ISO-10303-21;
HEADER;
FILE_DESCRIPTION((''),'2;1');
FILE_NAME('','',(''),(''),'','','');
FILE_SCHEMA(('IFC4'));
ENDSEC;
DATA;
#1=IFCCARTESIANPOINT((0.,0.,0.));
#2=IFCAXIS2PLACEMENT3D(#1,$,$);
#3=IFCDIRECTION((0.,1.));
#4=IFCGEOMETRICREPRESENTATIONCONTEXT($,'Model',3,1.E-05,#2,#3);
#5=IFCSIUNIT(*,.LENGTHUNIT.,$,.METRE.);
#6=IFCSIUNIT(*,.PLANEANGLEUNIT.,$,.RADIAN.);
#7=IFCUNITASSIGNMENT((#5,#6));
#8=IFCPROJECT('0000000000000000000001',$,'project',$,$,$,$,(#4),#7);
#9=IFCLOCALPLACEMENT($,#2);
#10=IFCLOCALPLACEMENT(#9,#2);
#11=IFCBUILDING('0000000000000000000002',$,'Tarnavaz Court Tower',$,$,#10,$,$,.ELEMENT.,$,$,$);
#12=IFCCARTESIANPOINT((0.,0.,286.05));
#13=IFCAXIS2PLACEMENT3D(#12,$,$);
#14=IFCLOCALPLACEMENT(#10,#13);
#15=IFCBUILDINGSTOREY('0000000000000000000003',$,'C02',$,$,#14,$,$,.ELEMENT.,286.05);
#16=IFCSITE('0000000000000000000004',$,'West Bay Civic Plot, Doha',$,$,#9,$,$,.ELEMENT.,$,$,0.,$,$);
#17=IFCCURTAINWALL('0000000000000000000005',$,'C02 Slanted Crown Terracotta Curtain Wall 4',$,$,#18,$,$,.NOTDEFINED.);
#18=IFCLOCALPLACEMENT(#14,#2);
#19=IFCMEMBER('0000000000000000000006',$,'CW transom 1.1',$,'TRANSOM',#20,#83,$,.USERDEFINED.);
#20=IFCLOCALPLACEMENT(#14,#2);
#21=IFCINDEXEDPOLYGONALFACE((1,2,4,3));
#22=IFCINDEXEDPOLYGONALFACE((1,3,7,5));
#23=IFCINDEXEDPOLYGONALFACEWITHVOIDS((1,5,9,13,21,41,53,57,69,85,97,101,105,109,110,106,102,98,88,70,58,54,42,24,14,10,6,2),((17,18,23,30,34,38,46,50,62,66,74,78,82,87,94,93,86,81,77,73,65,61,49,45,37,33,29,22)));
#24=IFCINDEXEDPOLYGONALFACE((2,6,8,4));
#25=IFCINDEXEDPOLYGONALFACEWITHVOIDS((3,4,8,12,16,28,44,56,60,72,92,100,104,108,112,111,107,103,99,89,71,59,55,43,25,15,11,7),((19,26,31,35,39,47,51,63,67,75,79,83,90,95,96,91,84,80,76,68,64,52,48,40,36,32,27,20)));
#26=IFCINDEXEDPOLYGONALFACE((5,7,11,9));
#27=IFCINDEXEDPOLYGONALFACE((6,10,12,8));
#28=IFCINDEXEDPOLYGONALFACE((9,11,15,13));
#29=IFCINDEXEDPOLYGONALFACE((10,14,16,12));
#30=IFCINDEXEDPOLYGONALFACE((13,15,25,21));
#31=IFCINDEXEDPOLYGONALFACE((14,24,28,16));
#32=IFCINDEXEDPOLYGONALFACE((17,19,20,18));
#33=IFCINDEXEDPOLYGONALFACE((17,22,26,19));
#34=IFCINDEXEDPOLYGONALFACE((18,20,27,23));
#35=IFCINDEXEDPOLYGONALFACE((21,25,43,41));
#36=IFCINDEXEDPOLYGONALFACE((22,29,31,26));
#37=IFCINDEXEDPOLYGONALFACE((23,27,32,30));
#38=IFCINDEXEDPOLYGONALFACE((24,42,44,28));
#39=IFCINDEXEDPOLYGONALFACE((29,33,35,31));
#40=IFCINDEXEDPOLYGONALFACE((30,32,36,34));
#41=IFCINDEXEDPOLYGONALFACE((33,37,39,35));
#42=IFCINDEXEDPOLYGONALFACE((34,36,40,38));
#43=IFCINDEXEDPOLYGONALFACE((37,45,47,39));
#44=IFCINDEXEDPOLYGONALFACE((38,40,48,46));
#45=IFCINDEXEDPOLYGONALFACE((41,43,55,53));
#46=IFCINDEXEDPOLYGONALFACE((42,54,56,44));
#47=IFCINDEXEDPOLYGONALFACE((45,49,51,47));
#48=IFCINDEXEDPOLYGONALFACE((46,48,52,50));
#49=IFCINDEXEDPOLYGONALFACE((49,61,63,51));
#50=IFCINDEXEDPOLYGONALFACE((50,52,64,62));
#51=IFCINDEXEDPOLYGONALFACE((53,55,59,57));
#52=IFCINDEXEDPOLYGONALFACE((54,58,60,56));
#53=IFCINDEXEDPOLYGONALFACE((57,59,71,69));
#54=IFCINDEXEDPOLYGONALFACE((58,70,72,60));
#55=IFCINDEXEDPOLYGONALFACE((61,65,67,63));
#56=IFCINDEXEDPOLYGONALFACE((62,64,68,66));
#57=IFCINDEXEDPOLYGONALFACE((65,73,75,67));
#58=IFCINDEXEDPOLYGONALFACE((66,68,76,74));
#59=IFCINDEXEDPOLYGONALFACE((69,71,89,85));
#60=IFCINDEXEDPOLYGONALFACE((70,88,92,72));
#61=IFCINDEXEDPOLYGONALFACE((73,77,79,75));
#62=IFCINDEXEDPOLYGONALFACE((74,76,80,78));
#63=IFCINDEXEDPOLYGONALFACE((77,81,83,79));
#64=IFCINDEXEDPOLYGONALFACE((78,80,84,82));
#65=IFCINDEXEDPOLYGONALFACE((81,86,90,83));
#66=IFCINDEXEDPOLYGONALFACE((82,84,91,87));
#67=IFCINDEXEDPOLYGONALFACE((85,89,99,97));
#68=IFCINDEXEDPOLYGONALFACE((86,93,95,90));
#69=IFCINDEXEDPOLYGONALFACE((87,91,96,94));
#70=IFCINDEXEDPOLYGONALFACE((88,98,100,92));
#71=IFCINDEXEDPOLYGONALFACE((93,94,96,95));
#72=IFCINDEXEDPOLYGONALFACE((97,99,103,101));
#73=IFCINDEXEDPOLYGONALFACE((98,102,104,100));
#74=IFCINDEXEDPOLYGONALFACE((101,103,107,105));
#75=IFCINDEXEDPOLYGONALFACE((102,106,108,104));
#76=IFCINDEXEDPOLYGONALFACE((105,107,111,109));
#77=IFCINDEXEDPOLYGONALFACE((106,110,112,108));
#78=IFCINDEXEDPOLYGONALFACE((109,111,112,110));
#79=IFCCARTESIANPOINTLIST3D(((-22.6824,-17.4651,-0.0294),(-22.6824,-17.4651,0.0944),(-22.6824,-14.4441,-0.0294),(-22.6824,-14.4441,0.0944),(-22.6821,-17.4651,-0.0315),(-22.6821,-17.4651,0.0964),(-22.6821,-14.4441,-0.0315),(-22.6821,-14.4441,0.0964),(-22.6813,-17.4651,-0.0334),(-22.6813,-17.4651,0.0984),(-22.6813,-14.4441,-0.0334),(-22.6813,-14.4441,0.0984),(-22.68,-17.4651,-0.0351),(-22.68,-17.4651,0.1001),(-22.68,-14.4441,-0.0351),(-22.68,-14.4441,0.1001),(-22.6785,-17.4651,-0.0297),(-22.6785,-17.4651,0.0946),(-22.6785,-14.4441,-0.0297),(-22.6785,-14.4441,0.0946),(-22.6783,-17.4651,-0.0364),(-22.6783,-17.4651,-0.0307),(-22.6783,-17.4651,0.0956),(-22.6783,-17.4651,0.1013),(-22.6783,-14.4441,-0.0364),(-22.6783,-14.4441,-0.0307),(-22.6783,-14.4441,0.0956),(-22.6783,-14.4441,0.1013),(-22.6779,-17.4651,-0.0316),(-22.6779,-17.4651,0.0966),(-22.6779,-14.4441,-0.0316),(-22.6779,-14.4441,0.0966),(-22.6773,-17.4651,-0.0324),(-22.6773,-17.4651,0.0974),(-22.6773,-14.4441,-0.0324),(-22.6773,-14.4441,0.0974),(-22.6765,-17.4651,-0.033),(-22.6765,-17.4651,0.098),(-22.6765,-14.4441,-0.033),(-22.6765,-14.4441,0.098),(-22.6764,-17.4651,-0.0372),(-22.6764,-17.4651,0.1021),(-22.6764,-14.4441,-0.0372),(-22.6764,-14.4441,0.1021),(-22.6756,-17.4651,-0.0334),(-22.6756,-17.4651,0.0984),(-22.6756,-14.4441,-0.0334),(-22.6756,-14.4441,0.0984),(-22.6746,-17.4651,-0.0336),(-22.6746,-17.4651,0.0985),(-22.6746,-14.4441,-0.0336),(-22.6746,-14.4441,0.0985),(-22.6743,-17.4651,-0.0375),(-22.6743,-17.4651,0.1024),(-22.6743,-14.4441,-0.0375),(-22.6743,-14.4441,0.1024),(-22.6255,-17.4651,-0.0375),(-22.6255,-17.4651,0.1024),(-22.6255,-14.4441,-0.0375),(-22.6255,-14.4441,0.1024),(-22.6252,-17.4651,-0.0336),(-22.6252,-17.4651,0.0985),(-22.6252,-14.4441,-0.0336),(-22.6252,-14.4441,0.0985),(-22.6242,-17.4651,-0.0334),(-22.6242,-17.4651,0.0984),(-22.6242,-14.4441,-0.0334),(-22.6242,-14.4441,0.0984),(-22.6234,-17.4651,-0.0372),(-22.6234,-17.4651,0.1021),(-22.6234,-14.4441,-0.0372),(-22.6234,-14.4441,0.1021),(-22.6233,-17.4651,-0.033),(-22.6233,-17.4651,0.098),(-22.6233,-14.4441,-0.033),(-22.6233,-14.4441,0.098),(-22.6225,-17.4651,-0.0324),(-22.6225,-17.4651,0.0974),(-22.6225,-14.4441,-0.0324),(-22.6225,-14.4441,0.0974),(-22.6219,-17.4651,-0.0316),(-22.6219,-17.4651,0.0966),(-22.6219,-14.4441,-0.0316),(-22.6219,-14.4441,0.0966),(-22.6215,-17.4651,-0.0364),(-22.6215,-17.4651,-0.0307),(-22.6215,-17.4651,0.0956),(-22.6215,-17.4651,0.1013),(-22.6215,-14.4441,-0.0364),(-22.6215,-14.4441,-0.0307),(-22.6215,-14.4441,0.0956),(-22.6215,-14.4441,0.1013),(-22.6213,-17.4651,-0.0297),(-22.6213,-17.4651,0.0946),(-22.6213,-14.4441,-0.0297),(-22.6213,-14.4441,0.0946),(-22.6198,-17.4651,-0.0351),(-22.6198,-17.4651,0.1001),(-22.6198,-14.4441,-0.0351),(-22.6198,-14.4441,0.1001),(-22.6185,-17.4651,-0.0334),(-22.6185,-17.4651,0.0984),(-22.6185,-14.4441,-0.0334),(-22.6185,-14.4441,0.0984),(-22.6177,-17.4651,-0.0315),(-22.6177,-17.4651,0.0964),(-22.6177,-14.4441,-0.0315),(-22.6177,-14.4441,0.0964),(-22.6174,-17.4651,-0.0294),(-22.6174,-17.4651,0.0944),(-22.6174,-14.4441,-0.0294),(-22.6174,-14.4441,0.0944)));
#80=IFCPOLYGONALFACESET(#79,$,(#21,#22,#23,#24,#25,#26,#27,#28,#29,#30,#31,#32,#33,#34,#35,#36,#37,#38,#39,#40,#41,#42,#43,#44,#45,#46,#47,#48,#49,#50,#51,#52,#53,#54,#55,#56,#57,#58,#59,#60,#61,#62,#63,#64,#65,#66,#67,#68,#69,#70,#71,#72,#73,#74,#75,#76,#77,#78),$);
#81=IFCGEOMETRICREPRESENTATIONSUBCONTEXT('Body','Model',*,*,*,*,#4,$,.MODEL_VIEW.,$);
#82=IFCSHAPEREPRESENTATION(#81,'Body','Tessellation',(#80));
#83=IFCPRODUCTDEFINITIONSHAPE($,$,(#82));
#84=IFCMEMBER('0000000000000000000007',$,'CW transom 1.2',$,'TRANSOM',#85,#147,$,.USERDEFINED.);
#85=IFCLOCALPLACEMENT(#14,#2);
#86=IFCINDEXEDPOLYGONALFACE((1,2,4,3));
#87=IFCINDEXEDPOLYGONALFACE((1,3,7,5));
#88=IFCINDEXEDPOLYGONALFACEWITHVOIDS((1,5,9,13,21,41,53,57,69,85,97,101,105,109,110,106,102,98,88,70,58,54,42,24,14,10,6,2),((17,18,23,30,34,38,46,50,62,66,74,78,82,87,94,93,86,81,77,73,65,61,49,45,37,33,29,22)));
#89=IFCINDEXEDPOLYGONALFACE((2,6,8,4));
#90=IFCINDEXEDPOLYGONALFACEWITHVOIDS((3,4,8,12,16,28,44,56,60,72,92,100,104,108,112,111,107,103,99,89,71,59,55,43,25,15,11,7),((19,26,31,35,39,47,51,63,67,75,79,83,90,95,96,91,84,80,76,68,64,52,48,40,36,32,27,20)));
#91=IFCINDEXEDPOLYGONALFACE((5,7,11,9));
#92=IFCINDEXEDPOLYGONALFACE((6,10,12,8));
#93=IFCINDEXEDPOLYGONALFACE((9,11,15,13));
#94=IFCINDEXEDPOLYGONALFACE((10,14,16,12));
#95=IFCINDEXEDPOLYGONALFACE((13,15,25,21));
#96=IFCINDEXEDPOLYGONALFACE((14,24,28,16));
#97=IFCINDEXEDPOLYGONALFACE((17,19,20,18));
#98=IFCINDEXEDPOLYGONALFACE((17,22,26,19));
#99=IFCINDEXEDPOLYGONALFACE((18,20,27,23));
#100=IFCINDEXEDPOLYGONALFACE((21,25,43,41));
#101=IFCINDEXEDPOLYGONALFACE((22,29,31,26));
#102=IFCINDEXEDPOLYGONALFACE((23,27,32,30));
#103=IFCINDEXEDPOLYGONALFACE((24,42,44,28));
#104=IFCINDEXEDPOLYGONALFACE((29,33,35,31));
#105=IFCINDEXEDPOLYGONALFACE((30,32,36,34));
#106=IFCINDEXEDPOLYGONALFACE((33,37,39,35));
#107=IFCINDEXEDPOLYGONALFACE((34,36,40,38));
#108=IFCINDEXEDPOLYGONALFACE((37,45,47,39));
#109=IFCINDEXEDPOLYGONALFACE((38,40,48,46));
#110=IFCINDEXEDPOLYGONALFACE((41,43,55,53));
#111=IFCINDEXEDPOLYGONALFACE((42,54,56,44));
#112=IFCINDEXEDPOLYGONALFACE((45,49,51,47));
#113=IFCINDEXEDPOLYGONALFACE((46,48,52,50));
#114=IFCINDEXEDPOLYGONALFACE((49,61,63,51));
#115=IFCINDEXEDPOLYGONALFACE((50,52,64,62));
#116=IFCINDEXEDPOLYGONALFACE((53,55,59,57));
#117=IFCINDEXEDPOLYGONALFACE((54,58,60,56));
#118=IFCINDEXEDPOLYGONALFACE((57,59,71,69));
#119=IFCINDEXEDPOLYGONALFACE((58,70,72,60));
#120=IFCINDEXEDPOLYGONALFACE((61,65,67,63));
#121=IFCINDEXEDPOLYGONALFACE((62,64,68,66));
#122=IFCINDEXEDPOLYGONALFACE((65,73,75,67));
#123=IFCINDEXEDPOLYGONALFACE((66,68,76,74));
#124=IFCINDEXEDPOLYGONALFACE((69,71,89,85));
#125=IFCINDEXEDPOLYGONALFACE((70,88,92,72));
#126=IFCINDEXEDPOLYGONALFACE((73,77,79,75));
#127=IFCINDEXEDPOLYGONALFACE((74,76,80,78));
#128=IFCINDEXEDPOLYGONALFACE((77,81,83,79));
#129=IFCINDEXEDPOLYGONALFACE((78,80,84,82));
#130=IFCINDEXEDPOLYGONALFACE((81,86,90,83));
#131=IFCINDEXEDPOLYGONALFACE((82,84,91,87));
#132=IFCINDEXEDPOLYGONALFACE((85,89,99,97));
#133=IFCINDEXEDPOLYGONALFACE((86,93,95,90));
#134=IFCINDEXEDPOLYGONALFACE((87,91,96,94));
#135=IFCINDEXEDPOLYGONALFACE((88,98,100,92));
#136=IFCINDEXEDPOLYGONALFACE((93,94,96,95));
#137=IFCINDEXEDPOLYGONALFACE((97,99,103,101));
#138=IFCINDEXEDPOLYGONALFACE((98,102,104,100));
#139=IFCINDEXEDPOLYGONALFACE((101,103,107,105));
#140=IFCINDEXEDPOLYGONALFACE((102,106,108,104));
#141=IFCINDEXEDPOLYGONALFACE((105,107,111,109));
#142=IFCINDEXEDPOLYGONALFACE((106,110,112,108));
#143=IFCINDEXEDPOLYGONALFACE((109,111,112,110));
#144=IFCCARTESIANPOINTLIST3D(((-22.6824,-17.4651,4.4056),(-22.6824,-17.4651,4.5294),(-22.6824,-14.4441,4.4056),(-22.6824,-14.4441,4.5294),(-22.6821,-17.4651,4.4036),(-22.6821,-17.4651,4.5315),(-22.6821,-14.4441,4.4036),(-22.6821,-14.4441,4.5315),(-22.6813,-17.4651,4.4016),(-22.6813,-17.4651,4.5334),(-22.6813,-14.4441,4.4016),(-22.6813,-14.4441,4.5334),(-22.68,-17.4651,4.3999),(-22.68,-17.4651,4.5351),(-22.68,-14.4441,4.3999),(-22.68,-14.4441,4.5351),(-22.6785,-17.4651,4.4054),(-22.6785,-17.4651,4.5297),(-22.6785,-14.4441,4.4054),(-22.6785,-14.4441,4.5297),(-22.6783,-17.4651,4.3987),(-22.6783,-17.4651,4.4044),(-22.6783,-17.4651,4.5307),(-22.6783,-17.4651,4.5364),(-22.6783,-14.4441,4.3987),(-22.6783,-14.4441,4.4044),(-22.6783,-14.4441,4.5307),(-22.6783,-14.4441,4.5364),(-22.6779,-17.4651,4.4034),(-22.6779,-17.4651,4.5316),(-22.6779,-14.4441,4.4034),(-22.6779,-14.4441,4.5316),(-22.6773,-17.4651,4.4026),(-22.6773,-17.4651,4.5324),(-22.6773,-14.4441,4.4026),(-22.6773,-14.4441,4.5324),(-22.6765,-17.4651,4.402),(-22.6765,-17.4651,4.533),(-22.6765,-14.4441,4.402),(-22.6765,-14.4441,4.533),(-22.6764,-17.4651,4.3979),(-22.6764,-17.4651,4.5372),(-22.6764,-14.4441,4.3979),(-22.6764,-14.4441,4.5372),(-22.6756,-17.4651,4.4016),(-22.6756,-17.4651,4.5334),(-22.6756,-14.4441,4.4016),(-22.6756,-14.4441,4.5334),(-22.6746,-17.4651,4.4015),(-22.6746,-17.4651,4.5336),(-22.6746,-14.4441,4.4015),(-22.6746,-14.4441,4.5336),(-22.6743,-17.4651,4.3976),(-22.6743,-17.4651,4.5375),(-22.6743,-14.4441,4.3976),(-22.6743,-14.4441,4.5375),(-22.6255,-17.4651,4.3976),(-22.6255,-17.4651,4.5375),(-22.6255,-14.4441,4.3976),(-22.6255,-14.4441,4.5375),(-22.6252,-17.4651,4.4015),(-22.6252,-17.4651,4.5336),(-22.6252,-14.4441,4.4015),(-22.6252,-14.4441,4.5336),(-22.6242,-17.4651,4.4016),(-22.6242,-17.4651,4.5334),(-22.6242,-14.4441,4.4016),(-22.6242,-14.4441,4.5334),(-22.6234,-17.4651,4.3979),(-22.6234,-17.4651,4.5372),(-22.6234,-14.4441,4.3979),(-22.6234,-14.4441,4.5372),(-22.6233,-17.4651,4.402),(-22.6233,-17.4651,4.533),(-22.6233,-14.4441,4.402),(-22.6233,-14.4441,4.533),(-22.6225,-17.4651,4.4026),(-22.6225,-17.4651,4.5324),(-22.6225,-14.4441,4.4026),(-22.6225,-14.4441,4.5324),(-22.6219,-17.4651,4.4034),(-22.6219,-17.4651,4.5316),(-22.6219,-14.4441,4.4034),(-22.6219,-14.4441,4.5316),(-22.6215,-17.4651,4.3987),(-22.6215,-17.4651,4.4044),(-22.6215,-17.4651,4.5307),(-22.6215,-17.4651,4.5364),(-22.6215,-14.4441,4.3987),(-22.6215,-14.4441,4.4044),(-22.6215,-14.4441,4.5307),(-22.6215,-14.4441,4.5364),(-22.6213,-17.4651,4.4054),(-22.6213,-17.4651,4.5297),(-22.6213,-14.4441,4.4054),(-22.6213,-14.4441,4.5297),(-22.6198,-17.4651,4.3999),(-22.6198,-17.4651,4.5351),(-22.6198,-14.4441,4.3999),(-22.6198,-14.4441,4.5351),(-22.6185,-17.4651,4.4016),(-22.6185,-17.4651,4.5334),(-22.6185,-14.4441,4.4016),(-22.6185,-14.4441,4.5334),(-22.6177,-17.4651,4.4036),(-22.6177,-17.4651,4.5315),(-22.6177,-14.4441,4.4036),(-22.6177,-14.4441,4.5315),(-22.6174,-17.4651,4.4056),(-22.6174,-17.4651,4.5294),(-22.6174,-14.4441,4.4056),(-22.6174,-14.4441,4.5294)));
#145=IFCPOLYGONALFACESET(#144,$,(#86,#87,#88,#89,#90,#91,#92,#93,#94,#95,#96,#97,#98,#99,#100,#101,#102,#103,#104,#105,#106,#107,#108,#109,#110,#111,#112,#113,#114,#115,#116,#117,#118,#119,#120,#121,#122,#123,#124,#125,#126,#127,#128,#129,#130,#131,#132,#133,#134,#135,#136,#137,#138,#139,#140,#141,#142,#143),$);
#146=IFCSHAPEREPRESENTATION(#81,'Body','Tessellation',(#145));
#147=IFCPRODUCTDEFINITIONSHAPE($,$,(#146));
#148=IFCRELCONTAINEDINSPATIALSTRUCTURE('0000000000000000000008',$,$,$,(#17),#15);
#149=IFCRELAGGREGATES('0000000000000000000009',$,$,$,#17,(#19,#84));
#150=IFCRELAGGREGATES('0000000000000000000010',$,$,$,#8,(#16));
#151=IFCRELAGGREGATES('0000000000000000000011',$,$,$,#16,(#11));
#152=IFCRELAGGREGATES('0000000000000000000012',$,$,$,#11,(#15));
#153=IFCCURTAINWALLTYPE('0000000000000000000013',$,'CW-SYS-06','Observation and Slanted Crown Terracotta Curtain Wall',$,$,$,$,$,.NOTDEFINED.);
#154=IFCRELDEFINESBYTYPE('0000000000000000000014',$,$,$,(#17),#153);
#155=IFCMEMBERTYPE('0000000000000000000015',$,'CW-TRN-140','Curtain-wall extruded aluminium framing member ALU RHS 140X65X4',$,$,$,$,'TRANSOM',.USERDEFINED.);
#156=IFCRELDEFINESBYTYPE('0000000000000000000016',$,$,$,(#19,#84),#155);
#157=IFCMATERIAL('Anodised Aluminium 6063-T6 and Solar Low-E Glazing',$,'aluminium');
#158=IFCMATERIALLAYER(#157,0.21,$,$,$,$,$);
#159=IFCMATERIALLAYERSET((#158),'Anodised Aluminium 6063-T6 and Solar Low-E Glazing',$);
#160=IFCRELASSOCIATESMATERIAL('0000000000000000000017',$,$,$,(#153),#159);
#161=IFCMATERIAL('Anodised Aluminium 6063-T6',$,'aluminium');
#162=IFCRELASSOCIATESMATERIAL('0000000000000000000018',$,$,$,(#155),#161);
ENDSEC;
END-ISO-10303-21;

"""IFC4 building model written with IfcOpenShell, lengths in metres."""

from ifc_helpers import new_model, si_unit, direction, frame, origin, origin_2d, place, context, subcontext, project, spatial, hollow_rectangle, extrude, material, layer, layer_set, material_profile, profile_set, type_object, element, aggregate, save


model = new_model("IFC4")

# Units and contexts
model_context = context("Model", 3, precision=1e-05, world=origin(), true_north=direction((0.0, 1.0)))
body_context = subcontext(model_context, "Body", "Model", "MODEL_VIEW")
ifc_project = project(units=[si_unit("LENGTHUNIT", "METRE"), si_unit("PLANEANGLEUNIT", "RADIAN")], contexts=[model_context])

# Site, building, storey
site_placement = place(None, origin())
site = spatial("IfcSite", under=ifc_project, at=site_placement, Name="West Bay Civic Plot, Doha", CompositionType="ELEMENT", RefElevation=0.0)
building_placement = place(site_placement, origin())
building = spatial("IfcBuilding", under=site, at=building_placement, Name="Tarnavaz Court Tower", CompositionType="ELEMENT")
storey_placement = place(building_placement, frame((0.0, 0.0, 286.05)))
storey = spatial("IfcBuildingStorey", under=building, at=storey_placement, Name="C02", CompositionType="ELEMENT", Elevation=286.05)

# Curtain wall
ifc_material_1 = material(Name="Anodised Aluminium 6063-T6 and Solar Low-E Glazing", Category="aluminium")
ifc_layer_1 = layer(ifc_material_1, 0.21)
ifc_layer_set_1 = layer_set([ifc_layer_1], Name="Anodised Aluminium 6063-T6 and Solar Low-E Glazing")
curtain_wall_type = type_object("IfcCurtainWallType", Name="CW-SYS-06", Description="Observation and Slanted Crown Terracotta Curtain Wall", PredefinedType="NOTDEFINED", material=ifc_layer_set_1)
ifc_material_2 = material(Name="Anodised Aluminium 6063-T6", Category="aluminium")
curtain_wall_1_placement = place(storey_placement, origin())
curtain_wall_1 = element("IfcCurtainWall", 1, at=curtain_wall_1_placement, inside=storey, type_object=curtain_wall_type, Name="C02 Slanted Crown Terracotta Curtain Wall 4", PredefinedType="NOTDEFINED")

# Members
ifc_material_profile_1 = material_profile(ifc_material_2, hollow_rectangle(XDim=0.0649, YDim=0.1399, WallThickness=0.0039, InnerFilletRadius=0.0039, OuterFilletRadius=0.0081, at=origin_2d()), Name="ALU RHS 140X65X4")
ifc_profile_set_1 = profile_set([ifc_material_profile_1], Name="Anodised Aluminium 6063-T6")
member_type_1 = type_object("IfcMemberType", Name="CW-TRN-140", Description="Curtain-wall extruded aluminium framing member ALU RHS 140X65X4", ElementType="TRANSOM", PredefinedType="USERDEFINED", material=ifc_profile_set_1)
member_1_placement = place(storey_placement, frame((-22.6499, -17.4651, 0.0325), z_axis=(0.0, 1.0, 0.0), x_axis=(-1.0, 0.0, 0.0)))
member_1 = element("IfcMember", 2, at=member_1_placement, type_object=member_type_1, Name="CW transom 1.1", ObjectType="TRANSOM", PredefinedType="USERDEFINED", context=body_context, shape_type="SweptSolid", body=[
    extrude(hollow_rectangle(XDim=0.0649, YDim=0.1399, WallThickness=0.0039, InnerFilletRadius=0.0039, OuterFilletRadius=0.0081, at=origin_2d()), origin(), (0.0, 0.0, 1.0), 3.021),
])
member_2_placement = place(storey_placement, frame((-22.6499, -17.4651, 4.4675), z_axis=(0.0, 1.0, 0.0), x_axis=(-1.0, 0.0, 0.0)))
member_2 = element("IfcMember", 3, at=member_2_placement, type_object=member_type_1, Name="CW transom 1.2", ObjectType="TRANSOM", PredefinedType="USERDEFINED", context=body_context, shape_type="SweptSolid", body=[
    extrude(hollow_rectangle(XDim=0.0649, YDim=0.1399, WallThickness=0.0039, InnerFilletRadius=0.0039, OuterFilletRadius=0.0081, at=origin_2d()), origin(), (0.0, 0.0, 1.0), 3.021),
])

aggregate(curtain_wall_1, [member_1, member_2])

save(model, "model.ifc")
